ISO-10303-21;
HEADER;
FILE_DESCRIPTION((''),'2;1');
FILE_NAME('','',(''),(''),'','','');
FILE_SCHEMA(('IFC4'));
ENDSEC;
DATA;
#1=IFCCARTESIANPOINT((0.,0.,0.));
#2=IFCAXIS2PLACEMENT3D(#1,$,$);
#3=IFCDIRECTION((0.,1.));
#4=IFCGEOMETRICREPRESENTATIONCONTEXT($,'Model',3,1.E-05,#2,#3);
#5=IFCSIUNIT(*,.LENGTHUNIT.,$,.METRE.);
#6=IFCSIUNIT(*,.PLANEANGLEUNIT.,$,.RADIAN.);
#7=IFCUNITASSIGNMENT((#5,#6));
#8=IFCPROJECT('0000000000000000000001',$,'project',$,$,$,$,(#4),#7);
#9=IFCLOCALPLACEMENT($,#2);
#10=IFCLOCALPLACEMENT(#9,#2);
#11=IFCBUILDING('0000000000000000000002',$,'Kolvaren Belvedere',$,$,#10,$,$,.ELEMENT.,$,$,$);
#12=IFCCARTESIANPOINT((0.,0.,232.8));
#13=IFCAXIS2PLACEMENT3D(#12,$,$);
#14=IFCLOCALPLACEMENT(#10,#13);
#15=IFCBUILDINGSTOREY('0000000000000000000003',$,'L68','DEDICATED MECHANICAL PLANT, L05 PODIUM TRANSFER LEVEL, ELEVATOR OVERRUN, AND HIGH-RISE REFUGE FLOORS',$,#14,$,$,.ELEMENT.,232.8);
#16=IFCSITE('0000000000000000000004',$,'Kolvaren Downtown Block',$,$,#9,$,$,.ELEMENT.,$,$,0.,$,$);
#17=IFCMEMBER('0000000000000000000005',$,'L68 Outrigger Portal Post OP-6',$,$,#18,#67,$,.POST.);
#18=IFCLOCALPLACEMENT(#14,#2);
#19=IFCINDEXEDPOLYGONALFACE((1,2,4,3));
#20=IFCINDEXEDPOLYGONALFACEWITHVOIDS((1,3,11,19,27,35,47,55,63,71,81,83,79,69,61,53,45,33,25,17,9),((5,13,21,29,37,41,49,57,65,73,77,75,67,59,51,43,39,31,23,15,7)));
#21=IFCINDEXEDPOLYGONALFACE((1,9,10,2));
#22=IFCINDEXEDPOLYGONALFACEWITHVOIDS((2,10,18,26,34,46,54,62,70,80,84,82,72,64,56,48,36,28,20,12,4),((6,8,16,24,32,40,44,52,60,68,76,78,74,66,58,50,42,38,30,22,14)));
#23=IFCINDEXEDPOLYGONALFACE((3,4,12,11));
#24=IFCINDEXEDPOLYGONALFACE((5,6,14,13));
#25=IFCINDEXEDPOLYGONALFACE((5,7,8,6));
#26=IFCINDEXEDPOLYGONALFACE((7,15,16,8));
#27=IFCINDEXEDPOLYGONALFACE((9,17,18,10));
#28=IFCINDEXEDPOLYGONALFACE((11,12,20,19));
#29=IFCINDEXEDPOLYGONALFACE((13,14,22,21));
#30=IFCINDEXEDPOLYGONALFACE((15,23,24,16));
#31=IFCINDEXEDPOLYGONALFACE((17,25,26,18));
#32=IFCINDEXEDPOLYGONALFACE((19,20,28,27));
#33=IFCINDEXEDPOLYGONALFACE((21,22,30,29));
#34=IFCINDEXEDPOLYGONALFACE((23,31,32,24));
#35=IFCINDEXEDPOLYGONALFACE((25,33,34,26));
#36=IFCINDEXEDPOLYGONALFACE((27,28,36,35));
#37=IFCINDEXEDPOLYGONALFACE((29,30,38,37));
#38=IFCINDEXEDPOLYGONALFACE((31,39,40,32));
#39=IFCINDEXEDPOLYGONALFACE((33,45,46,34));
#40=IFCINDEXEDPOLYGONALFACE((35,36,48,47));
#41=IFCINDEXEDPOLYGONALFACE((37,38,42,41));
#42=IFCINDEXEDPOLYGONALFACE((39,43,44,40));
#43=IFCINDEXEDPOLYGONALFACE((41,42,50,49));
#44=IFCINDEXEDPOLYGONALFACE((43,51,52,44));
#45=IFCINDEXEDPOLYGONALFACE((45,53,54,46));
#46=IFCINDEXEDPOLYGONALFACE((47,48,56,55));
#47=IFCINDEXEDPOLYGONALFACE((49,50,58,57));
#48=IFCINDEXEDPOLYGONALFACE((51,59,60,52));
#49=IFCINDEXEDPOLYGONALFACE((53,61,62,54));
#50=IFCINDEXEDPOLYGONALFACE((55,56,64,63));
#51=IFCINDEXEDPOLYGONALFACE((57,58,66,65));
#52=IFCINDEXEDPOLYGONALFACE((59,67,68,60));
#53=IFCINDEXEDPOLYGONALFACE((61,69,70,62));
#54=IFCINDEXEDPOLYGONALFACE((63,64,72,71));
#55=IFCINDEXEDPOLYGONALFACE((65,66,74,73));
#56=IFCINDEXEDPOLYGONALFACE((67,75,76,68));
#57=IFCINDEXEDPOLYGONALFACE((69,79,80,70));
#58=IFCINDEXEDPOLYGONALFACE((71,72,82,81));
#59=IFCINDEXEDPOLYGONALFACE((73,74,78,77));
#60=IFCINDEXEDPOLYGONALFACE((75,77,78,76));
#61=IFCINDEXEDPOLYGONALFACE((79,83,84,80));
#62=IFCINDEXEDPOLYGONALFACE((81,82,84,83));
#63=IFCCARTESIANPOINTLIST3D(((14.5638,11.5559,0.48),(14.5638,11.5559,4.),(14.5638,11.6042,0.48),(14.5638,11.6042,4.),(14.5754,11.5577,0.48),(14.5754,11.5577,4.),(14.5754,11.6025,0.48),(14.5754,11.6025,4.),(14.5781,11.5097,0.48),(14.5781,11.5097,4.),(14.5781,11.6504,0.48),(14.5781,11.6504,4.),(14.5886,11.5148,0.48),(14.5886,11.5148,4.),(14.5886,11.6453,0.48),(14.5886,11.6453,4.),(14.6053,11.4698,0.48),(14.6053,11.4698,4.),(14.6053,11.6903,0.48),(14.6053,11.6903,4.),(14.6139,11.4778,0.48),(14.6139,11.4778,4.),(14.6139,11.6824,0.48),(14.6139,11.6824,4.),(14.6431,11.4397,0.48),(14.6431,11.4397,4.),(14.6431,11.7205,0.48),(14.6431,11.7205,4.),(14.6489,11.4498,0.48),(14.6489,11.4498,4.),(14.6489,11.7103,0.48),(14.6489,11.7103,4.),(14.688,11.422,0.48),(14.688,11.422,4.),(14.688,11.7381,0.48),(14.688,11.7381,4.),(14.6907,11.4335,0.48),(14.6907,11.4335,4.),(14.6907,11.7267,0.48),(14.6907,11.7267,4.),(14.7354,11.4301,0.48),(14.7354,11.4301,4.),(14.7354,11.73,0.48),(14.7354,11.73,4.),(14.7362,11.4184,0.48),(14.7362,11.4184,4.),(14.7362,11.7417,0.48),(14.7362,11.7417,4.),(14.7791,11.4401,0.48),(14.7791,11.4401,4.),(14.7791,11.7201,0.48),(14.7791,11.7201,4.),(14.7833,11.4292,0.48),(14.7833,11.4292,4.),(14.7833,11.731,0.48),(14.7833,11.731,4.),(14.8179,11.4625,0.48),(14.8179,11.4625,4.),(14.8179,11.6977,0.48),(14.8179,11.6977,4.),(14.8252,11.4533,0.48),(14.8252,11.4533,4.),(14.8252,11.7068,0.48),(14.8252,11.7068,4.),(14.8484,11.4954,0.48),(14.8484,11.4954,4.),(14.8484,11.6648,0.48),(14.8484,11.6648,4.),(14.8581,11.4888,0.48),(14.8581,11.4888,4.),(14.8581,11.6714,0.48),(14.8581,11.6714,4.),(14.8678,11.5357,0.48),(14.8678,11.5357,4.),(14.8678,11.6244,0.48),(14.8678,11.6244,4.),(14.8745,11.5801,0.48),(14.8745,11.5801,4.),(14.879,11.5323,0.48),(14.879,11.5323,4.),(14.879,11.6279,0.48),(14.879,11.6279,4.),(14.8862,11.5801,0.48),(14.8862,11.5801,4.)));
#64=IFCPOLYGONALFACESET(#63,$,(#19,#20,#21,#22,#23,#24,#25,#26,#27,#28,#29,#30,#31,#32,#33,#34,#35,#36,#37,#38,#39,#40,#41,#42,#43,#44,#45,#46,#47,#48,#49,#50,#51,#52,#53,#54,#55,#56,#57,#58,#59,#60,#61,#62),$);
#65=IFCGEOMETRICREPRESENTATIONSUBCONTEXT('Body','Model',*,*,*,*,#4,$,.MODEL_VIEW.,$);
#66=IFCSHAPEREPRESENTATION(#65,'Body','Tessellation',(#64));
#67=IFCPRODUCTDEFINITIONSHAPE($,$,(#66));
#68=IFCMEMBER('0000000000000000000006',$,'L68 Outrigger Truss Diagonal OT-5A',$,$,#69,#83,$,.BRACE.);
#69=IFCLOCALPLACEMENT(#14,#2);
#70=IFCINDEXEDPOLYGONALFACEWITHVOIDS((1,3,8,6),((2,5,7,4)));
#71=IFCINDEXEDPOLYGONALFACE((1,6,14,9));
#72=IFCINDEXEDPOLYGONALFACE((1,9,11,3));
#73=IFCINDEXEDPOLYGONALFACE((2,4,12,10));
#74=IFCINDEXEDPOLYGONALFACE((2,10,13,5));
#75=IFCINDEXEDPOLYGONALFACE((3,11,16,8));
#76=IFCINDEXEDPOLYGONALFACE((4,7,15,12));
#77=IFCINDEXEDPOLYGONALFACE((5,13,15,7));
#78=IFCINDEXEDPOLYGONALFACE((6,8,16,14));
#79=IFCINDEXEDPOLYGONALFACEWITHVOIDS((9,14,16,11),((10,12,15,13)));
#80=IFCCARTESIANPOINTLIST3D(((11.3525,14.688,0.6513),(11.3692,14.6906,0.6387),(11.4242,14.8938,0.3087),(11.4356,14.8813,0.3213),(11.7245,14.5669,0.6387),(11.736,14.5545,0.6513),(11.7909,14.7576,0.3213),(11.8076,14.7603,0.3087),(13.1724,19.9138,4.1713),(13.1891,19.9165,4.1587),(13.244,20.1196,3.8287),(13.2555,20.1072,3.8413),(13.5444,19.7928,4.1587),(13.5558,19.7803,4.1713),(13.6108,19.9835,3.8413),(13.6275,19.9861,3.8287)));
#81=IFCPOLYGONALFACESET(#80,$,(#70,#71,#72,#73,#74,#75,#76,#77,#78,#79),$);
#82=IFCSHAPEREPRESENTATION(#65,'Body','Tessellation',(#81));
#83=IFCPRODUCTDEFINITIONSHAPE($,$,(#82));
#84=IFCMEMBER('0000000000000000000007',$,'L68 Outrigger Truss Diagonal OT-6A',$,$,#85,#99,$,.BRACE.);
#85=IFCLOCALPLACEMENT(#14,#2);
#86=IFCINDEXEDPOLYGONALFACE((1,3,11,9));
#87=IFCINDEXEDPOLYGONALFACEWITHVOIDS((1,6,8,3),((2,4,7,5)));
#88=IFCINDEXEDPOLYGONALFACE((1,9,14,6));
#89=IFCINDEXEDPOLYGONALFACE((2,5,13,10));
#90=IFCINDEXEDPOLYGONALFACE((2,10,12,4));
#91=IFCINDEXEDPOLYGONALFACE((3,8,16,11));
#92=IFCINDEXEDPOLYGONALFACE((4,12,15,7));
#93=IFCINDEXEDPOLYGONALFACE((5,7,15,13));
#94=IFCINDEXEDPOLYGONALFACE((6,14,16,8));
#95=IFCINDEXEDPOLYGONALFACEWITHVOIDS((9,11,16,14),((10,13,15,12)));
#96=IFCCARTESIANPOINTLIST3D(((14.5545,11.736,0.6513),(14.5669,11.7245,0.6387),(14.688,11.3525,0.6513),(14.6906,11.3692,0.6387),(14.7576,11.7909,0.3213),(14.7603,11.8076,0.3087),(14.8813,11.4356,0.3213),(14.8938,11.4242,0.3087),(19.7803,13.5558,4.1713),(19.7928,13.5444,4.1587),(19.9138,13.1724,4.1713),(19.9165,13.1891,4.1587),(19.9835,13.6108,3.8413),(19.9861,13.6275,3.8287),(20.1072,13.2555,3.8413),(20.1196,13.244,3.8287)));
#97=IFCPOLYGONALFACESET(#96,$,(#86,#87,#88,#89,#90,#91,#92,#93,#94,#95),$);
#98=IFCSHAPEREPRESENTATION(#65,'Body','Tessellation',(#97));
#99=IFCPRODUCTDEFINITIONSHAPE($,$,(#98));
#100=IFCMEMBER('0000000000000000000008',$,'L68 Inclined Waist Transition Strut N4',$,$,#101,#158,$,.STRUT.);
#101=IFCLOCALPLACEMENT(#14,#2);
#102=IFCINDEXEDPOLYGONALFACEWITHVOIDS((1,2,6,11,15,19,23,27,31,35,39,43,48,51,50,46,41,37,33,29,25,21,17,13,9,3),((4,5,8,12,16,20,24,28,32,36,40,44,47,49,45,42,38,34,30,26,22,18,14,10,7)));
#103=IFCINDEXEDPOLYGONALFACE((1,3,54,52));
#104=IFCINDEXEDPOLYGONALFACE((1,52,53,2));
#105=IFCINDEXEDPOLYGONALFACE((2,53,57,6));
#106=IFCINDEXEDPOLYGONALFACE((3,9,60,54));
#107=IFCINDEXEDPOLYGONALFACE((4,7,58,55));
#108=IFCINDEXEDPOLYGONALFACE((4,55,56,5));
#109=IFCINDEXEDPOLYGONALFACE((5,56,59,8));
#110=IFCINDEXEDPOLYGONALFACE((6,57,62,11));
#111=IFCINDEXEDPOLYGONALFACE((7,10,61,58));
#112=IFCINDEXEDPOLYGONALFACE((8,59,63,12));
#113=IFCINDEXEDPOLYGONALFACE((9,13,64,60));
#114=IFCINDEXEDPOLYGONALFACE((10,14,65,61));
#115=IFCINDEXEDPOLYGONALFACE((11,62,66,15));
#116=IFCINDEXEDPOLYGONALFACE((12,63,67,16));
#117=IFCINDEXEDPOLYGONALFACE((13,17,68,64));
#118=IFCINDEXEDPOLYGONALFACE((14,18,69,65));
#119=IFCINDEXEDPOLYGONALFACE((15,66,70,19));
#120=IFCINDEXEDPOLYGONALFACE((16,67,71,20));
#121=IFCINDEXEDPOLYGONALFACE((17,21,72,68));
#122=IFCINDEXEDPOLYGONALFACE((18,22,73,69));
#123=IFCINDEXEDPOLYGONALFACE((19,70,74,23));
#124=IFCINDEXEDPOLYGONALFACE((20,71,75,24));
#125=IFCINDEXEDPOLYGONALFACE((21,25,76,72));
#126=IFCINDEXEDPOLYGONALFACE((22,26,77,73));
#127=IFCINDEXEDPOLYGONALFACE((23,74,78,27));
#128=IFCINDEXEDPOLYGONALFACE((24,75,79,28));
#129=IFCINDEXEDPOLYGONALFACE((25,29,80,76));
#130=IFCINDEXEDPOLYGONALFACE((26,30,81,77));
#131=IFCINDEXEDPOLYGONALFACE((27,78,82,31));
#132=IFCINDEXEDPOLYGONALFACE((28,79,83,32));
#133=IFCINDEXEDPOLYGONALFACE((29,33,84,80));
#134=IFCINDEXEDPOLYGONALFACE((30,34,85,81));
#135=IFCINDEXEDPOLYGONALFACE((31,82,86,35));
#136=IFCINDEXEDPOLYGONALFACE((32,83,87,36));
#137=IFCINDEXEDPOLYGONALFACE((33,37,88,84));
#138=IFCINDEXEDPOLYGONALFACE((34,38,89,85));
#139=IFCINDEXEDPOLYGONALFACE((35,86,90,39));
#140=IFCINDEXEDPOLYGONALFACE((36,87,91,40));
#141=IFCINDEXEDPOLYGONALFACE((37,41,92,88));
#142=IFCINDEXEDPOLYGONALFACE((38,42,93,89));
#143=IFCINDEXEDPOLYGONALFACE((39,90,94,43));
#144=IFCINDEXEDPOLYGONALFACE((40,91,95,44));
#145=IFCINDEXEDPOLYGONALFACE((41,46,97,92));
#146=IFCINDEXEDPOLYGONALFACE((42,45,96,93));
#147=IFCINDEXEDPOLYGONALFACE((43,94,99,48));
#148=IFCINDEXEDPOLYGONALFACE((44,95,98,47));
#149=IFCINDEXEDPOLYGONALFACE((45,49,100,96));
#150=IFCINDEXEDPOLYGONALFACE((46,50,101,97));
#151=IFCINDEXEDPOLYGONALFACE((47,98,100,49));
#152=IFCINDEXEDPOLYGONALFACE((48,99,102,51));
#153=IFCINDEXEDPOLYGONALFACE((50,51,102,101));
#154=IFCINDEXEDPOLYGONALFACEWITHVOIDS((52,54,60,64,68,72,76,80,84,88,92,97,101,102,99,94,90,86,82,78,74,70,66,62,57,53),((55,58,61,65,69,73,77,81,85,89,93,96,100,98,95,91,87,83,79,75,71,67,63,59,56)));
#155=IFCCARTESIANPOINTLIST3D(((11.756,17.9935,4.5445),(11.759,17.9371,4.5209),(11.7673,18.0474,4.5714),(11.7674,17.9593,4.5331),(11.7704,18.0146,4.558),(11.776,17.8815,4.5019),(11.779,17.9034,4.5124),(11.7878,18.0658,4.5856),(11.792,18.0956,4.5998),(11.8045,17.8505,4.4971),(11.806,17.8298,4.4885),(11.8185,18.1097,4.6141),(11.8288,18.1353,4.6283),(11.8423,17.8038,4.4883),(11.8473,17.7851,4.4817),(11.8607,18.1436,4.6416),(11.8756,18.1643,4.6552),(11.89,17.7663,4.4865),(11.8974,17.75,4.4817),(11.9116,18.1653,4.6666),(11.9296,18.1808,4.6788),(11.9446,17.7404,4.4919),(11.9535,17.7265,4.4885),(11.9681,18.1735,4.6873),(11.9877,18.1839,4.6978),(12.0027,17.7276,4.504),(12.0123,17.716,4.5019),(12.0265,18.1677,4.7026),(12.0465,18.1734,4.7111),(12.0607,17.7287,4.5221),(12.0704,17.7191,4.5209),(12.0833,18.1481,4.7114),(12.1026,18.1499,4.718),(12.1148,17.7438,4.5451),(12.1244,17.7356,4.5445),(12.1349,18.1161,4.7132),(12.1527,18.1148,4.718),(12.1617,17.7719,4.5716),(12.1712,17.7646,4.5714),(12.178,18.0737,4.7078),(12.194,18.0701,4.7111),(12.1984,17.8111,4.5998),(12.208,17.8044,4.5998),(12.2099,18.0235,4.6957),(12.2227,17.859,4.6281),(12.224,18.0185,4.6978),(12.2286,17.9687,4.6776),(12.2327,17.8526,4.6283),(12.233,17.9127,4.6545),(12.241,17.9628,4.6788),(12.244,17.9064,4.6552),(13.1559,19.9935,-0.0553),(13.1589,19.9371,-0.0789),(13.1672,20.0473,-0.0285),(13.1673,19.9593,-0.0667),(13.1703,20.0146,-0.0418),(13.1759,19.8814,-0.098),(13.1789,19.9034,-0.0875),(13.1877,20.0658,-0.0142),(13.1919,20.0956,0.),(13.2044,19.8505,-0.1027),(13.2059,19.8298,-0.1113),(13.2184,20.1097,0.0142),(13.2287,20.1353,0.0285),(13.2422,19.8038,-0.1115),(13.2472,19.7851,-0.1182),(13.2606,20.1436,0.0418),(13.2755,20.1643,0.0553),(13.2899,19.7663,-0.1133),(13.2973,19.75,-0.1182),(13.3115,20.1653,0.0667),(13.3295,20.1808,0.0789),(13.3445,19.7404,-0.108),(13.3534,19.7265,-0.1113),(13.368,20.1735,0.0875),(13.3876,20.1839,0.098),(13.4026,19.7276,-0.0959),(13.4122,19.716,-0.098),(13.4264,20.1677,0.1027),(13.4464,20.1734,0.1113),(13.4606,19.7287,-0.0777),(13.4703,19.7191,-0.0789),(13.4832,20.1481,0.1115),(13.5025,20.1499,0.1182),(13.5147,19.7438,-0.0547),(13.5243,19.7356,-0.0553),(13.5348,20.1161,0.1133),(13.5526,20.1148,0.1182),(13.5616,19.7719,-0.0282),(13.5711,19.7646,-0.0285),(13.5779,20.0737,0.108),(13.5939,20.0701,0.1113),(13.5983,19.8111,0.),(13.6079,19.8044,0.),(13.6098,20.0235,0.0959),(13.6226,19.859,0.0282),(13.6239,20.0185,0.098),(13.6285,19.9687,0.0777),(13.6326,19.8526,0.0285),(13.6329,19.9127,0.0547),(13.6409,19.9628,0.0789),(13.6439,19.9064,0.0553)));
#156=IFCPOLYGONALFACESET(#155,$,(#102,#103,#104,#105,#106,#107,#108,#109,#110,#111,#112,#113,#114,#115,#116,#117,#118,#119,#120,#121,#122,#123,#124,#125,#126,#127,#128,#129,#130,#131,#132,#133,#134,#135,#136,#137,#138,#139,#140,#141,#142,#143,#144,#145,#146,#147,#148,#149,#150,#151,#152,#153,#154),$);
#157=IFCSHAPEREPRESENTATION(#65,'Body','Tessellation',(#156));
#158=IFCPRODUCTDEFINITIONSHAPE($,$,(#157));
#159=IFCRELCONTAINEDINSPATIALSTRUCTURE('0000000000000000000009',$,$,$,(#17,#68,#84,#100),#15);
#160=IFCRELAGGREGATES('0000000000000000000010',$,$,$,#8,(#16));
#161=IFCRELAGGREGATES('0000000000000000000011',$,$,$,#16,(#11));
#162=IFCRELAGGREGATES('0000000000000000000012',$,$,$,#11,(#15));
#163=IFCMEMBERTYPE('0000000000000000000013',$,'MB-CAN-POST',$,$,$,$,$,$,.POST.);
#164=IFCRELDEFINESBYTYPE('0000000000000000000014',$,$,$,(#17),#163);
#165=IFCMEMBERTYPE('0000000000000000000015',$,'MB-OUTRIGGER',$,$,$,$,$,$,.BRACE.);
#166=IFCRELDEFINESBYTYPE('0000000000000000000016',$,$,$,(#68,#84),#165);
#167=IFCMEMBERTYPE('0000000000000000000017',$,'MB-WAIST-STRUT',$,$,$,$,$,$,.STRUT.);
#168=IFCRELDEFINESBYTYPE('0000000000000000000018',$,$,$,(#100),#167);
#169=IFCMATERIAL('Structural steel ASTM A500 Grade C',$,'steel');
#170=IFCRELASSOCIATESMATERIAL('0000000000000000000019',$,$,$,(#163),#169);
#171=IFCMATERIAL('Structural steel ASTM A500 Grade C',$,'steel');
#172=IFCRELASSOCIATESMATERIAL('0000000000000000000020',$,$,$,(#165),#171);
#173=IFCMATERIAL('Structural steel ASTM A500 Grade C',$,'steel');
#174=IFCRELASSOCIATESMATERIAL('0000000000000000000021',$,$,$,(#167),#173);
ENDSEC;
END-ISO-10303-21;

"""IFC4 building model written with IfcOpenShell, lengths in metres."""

from ifc_helpers import new_model, si_unit, direction, frame, origin, origin_2d, place, context, subcontext, project, spatial, hollow_rectangle, hollow_circle, extrude, material, material_profile, profile_set, type_object, element, save


model = new_model("IFC4")

# Units and contexts
model_context = context("Model", 3, precision=1e-05, world=origin(), true_north=direction((0.0, 1.0)))
body_context = subcontext(model_context, "Body", "Model", "MODEL_VIEW")
ifc_project = project(units=[si_unit("LENGTHUNIT", "METRE"), si_unit("PLANEANGLEUNIT", "RADIAN")], contexts=[model_context])

# Site, building, storey
site_placement = place(None, origin())
site = spatial("IfcSite", under=ifc_project, at=site_placement, Name="Kolvaren Downtown Block", CompositionType="ELEMENT", RefElevation=0.0)
building_placement = place(site_placement, origin())
building = spatial("IfcBuilding", under=site, at=building_placement, Name="Kolvaren Belvedere", CompositionType="ELEMENT")
storey_placement = place(building_placement, frame((0.0, 0.0, 232.8)))
storey = spatial("IfcBuildingStorey", under=building, at=storey_placement, Name="L68", Description="DEDICATED MECHANICAL PLANT, L05 PODIUM TRANSFER LEVEL, ELEVATOR OVERRUN, AND HIGH-RISE REFUGE FLOORS", CompositionType="ELEMENT", Elevation=232.8)

# Members
ifc_material_1 = material(Name="Structural steel ASTM A500 Grade C", Category="steel")
ifc_material_profile_1 = material_profile(ifc_material_1, hollow_circle(Radius=0.1621, WallThickness=0.0117, at=origin_2d()), Name="HSS12.750X0.500")
ifc_profile_set_1 = profile_set([ifc_material_profile_1], Name="Structural steel ASTM A500 Grade C")
member_type_1 = type_object("IfcMemberType", Name="MB-CAN-POST", PredefinedType="POST", material=ifc_profile_set_1)
for number, where, z_axis, x_axis, name in (
    (1, (14.7241, 11.5801, 0.48), (0.0, 0.0, 1.0), (1.0, 0.0, 0.0), "L68 Outrigger Portal Post OP-6"),
):
    element("IfcMember", number, at=place(storey_placement, frame(where, z_axis=z_axis, x_axis=x_axis)), inside=storey, type_object=member_type_1, Name=name, PredefinedType="POST", context=body_context, shape_type="SweptSolid", body=[
        extrude(hollow_circle(Radius=0.1621, WallThickness=0.0117, at=origin_2d()), origin(), (0.0, 0.0, 1.0), 3.52),
    ])
ifc_material_2 = material(Name="Structural steel ASTM A500 Grade C", Category="steel")
ifc_material_profile_2 = material_profile(ifc_material_2, hollow_rectangle(XDim=0.406, YDim=0.406, WallThickness=0.0149, at=origin_2d()), Name="HSS16X16X5/8")
ifc_profile_set_2 = profile_set([ifc_material_profile_2], Name="Structural steel ASTM A500 Grade C")
member_type_2 = type_object("IfcMemberType", Name="MB-OUTRIGGER", PredefinedType="BRACE", material=ifc_profile_set_2)
for number, where, z_axis, x_axis, name in (
    (2, (11.5801, 14.7241, 0.48), (0.277483, 0.796824, 0.536726), (-0.944377, 0.328866, 0.0), "L68 Outrigger Truss Diagonal OT-5A"),
    (3, (14.7241, 11.5801, 0.48), (0.796824, 0.277483, 0.536726), (-0.328866, 0.944377, 0.0), "L68 Outrigger Truss Diagonal OT-6A"),
):
    element("IfcMember", number, at=place(storey_placement, frame(where, z_axis=z_axis, x_axis=x_axis)), inside=storey, type_object=member_type_2, Name=name, PredefinedType="BRACE", context=body_context, shape_type="SweptSolid", body=[
        extrude(hollow_rectangle(XDim=0.406, YDim=0.406, WallThickness=0.0149, at=origin_2d()), origin(), (0.0, 0.0, 1.0), 6.5583),
    ])
ifc_material_3 = material(Name="Structural steel ASTM A500 Grade C", Category="steel")
ifc_material_profile_3 = material_profile(ifc_material_3, hollow_circle(Radius=0.2539, WallThickness=0.0117, at=origin_2d()), Name="HSS20.000X0.500")
ifc_profile_set_3 = profile_set([ifc_material_profile_3], Name="Structural steel ASTM A500 Grade C")
member_type_3 = type_object("IfcMemberType", Name="MB-WAIST-STRUT", PredefinedType="STRUT", material=ifc_profile_set_3)
member_1_placement = place(storey_placement, frame((13.3999, 19.95, 0.0), z_axis=(-0.268823, -0.384059, 0.883308), x_axis=(0.819251, -0.573435, 0.0)))
element("IfcMember", 4, at=member_1_placement, inside=storey, type_object=member_type_3, Name="L68 Inclined Waist Transition Strut N4", PredefinedType="STRUT", context=body_context, shape_type="SweptSolid", body=[
    extrude(hollow_circle(Radius=0.2539, WallThickness=0.0117, at=origin_2d()), origin(), (0.0, 0.0, 1.0), 5.2075),
])

save(model, "model.ifc")
